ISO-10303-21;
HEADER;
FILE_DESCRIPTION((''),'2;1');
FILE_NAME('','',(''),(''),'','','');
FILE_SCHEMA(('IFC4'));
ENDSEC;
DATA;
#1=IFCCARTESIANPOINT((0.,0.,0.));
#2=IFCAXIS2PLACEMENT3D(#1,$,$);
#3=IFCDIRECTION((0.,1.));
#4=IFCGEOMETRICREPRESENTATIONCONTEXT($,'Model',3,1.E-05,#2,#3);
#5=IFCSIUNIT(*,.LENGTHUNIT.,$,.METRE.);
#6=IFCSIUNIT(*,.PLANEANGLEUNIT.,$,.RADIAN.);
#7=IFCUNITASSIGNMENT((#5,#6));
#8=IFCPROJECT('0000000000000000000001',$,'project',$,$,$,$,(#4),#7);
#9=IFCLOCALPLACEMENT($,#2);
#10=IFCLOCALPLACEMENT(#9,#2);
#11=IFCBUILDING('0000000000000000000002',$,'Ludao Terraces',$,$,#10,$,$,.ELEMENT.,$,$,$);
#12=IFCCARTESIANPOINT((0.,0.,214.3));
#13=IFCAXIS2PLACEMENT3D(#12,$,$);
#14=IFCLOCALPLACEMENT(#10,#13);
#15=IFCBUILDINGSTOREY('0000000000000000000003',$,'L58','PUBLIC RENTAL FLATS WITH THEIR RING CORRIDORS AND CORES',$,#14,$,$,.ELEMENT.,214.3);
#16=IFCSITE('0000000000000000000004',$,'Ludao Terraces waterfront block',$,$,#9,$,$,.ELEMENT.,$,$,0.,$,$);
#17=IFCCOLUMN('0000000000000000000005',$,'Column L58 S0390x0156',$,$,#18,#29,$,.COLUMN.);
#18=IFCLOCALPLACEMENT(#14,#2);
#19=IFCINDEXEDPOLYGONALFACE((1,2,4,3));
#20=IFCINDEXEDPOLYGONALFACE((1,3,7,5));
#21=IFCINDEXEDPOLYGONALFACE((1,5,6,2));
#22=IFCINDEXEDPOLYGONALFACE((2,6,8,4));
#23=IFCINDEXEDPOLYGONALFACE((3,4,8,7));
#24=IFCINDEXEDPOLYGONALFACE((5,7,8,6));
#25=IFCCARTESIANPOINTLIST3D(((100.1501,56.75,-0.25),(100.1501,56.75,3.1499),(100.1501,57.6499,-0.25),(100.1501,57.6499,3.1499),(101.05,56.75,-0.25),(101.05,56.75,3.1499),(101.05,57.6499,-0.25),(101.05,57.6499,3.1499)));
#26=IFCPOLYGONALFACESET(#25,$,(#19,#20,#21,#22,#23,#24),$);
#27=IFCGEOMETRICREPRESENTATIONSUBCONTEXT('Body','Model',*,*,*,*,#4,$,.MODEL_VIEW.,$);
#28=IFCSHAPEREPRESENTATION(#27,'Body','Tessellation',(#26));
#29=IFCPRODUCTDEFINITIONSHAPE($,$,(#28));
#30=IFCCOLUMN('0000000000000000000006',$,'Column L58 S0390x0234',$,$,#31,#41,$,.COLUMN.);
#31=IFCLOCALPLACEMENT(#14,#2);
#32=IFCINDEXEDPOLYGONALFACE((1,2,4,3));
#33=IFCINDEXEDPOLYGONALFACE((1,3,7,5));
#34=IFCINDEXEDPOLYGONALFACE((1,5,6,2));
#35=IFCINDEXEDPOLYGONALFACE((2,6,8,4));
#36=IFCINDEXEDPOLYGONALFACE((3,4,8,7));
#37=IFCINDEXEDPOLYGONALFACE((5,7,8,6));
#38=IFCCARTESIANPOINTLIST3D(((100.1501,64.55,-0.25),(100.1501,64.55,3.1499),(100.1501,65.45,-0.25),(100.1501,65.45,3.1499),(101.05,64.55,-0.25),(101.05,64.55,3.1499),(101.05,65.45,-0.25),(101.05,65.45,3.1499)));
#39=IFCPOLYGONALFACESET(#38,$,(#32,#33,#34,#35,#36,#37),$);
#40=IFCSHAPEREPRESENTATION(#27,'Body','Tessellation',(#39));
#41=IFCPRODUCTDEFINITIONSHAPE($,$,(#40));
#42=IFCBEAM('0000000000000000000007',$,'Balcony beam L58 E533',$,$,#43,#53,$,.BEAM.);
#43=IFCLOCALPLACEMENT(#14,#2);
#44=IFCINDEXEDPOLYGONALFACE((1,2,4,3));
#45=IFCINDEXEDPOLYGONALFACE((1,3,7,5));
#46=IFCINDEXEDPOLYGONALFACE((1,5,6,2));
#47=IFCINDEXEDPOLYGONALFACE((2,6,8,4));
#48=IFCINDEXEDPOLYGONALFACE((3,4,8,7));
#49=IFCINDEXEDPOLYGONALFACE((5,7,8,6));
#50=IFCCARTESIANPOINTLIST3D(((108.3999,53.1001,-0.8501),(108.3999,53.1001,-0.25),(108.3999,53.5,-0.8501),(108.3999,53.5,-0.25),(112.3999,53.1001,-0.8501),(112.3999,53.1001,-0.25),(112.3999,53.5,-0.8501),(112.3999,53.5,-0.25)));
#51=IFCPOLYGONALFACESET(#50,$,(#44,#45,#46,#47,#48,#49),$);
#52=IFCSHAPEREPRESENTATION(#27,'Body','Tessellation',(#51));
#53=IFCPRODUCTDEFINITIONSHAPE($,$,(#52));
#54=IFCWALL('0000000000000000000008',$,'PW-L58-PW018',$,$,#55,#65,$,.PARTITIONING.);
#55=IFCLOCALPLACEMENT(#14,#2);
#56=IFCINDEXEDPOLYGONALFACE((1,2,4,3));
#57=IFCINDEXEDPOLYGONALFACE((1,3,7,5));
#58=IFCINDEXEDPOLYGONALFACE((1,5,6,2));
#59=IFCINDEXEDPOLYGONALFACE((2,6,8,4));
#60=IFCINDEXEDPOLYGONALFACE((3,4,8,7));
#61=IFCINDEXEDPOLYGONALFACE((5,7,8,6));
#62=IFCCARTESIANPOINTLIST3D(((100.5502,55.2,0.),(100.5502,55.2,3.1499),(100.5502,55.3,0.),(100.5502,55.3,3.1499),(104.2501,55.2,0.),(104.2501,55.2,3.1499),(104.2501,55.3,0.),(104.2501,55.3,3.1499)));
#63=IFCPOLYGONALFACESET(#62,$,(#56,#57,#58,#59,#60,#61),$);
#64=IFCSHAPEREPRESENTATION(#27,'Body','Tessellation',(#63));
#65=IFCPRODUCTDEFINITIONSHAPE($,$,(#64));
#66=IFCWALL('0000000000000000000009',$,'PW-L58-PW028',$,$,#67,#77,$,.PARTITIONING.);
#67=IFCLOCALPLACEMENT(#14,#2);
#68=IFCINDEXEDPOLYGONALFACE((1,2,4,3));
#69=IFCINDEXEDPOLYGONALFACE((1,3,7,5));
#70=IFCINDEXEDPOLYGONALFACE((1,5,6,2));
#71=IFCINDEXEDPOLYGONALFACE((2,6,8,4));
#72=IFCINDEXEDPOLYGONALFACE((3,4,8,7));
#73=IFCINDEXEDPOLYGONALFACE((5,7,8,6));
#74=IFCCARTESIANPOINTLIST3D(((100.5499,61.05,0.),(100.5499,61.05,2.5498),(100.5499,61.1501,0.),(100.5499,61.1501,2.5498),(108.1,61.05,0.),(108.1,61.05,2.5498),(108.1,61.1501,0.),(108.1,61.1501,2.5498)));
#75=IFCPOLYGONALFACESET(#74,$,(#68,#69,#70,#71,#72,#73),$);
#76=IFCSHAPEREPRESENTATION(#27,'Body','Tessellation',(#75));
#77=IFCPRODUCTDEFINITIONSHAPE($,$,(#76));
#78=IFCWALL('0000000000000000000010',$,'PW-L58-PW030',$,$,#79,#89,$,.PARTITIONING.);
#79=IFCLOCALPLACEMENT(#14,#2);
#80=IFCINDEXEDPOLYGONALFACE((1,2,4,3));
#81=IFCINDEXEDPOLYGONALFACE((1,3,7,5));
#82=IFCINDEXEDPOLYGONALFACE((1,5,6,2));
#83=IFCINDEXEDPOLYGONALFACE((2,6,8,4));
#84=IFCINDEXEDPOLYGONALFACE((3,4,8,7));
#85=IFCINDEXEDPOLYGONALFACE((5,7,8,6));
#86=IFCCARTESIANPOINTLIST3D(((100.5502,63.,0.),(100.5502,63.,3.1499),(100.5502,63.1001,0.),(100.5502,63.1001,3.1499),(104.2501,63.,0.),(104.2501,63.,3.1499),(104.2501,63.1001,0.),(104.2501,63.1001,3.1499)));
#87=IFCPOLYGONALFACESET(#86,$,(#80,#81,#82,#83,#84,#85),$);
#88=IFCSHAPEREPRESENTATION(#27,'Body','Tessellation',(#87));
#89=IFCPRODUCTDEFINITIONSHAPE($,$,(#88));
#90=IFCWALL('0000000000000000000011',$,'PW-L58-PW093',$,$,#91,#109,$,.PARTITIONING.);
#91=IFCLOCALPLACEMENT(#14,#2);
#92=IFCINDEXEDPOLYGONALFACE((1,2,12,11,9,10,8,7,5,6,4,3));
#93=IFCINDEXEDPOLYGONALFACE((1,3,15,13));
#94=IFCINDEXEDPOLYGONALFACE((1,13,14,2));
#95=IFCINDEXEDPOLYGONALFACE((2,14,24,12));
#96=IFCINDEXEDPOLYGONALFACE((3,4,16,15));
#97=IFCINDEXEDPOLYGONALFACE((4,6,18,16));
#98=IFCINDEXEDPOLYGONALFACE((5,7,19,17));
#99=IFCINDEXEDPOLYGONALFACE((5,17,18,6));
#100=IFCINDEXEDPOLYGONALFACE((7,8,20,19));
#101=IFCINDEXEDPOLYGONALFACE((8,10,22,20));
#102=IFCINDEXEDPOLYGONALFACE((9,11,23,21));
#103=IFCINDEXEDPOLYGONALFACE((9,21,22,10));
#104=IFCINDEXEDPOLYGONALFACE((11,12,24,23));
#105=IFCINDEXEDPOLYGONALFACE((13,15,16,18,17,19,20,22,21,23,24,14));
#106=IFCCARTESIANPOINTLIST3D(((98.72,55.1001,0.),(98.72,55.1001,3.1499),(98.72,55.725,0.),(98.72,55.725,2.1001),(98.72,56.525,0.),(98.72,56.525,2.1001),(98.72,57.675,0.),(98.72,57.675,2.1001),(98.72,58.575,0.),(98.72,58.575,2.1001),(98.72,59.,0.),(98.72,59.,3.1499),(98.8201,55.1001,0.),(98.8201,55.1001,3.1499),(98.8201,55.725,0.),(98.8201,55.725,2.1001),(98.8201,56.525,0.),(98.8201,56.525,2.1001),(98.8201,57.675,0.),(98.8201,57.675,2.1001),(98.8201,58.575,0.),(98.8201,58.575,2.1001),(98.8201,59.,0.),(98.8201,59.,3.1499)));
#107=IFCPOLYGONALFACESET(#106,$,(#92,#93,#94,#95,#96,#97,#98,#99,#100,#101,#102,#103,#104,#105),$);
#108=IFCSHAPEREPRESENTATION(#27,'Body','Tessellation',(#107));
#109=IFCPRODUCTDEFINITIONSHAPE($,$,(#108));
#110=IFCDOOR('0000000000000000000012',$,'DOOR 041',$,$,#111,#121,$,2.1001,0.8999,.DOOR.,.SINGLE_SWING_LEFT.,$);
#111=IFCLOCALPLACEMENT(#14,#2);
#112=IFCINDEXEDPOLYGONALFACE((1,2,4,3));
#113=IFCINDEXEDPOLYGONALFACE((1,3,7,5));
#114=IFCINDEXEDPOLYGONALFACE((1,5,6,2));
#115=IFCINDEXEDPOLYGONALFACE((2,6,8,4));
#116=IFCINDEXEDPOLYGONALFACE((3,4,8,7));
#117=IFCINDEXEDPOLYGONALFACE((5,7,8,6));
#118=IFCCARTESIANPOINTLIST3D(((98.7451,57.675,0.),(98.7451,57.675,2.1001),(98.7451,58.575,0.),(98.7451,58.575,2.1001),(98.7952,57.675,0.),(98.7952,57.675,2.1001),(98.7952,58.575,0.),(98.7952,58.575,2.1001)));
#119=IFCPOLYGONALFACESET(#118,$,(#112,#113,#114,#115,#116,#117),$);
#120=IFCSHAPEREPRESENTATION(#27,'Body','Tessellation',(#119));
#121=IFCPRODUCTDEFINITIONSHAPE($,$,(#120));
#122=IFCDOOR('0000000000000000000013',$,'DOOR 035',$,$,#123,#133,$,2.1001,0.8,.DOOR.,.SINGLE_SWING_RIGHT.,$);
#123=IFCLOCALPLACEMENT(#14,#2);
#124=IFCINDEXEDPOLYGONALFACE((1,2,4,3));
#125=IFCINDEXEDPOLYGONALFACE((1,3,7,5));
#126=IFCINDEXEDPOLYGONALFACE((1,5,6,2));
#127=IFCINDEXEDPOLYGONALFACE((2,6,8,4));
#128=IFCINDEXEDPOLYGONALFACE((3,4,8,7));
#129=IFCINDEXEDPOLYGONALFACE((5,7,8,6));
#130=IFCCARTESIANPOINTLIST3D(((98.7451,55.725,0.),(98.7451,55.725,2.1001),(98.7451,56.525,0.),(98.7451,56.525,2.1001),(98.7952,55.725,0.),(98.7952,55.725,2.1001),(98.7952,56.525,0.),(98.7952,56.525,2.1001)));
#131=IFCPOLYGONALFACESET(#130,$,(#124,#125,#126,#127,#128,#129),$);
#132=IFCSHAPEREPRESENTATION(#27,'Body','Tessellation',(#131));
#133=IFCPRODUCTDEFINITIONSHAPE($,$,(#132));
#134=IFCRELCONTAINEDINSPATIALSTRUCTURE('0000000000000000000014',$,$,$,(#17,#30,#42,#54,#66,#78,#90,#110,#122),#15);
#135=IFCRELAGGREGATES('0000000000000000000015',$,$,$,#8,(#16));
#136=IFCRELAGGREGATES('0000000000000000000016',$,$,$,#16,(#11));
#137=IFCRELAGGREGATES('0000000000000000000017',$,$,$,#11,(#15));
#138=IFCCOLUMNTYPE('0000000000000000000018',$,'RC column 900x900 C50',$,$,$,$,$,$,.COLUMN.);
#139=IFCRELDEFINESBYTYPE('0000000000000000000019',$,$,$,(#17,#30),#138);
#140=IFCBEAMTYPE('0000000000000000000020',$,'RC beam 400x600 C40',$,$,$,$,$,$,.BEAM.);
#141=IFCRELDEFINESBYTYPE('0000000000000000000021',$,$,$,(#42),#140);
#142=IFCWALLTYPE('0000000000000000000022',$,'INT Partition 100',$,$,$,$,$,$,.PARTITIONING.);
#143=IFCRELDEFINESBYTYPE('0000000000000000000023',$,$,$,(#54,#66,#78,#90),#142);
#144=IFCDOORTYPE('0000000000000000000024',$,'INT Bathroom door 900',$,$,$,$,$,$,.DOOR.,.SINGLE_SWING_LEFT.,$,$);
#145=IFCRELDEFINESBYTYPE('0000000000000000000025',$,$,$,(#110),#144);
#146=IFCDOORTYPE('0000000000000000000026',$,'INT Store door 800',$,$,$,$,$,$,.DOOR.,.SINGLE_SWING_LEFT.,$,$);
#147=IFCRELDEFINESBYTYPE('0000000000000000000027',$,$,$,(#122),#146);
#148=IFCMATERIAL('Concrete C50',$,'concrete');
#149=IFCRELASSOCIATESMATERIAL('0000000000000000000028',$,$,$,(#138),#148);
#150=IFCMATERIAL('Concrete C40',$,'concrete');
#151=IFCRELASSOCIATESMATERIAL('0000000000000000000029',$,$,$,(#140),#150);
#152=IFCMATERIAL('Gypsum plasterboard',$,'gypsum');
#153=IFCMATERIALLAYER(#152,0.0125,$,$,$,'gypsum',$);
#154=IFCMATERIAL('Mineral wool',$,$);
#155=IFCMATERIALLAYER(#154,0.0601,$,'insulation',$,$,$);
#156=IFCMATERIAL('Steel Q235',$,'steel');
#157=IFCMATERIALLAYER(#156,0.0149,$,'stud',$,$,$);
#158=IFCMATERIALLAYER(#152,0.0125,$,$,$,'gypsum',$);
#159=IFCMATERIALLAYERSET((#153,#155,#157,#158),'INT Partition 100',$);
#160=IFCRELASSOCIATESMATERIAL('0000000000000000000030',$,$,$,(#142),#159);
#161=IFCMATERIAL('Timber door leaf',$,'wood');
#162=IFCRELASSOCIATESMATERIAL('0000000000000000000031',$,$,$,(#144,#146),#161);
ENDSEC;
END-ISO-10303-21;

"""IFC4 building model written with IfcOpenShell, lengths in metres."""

from ifc_helpers import new_model, si_unit, direction, frame, frame_2d, origin, origin_2d, place, context, subcontext, project, spatial, rectangle, extrude, material, layer, layer_set, material_profile, profile_set, type_object, element, fill, save


model = new_model("IFC4")

# Units and contexts
model_context = context("Model", 3, precision=1e-05, world=origin(), true_north=direction((0.0, 1.0)))
body_context = subcontext(model_context, "Body", "Model", "MODEL_VIEW")
ifc_project = project(units=[si_unit("LENGTHUNIT", "METRE"), si_unit("PLANEANGLEUNIT", "RADIAN")], contexts=[model_context])

# Site, building, storey
site_placement = place(None, origin())
site = spatial("IfcSite", under=ifc_project, at=site_placement, Name="Ludao Terraces waterfront block", CompositionType="ELEMENT", RefElevation=0.0)
building_placement = place(site_placement, origin())
building = spatial("IfcBuilding", under=site, at=building_placement, Name="Ludao Terraces", CompositionType="ELEMENT")
storey_placement = place(building_placement, frame((0.0, 0.0, 214.3)))
storey = spatial("IfcBuildingStorey", under=building, at=storey_placement, Name="L58", Description="PUBLIC RENTAL FLATS WITH THEIR RING CORRIDORS AND CORES", CompositionType="ELEMENT", Elevation=214.3)

# Columns
ifc_material_1 = material(Name="Concrete C50", Category="concrete")
ifc_material_profile_1 = material_profile(ifc_material_1, rectangle(XDim=0.8999, YDim=0.8999, at=origin_2d()), Name="900 X 900")
ifc_profile_set_1 = profile_set([ifc_material_profile_1], Name="Concrete C50")
column_type = type_object("IfcColumnType", Name="RC column 900x900 C50", PredefinedType="COLUMN", material=ifc_profile_set_1)
for number, where, z_axis, x_axis, name in (
    (1, (100.6001, 57.2, -0.25), (0.0, 0.0, 1.0), (1.0, 0.0, 0.0), "Column L58 S0390x0156"),
    (2, (100.6001, 65.0, -0.25), (0.0, 0.0, 1.0), (1.0, 0.0, 0.0), "Column L58 S0390x0234"),
):
    element("IfcColumn", number, at=place(storey_placement, frame(where, z_axis=z_axis, x_axis=x_axis)), inside=storey, type_object=column_type, Name=name, PredefinedType="COLUMN", context=body_context, shape_type="SweptSolid", body=[
        extrude(rectangle(XDim=0.8999, YDim=0.8999, at=origin_2d()), origin(), (0.0, 0.0, 1.0), 3.3999),
    ])

# Beam
ifc_material_2 = material(Name="Concrete C40", Category="concrete")
ifc_material_profile_2 = material_profile(ifc_material_2, rectangle(XDim=0.3999, YDim=0.6001, at=origin_2d()), Name="400 X 600")
ifc_profile_set_2 = profile_set([ifc_material_profile_2], Name="Concrete C40")
beam_type = type_object("IfcBeamType", Name="RC beam 400x600 C40", PredefinedType="BEAM", material=ifc_profile_set_2)
beam_placement = place(storey_placement, frame((108.3999, 53.3, -0.55), z_axis=(1.0, 0.0, 0.0), x_axis=(0.0, 1.0, 0.0)))
element("IfcBeam", 3, at=beam_placement, inside=storey, type_object=beam_type, Name="Balcony beam L58 E533", PredefinedType="BEAM", context=body_context, shape_type="SweptSolid", body=[
    extrude(rectangle(XDim=0.3999, YDim=0.6001, at=origin_2d()), origin(), (0.0, 0.0, 1.0), 4.0),
])

# Shared definitions
ifc_material_3 = material(Name="Mineral wool")

# Walls
ifc_material_4 = material(Name="Gypsum plasterboard", Category="gypsum")
ifc_layer_1 = layer(ifc_material_4, 0.0125, Category="gypsum")
ifc_layer_2 = layer(ifc_material_3, 0.0601, Name="insulation")
ifc_material_5 = material(Name="Steel Q235", Category="steel")
ifc_layer_3 = layer(ifc_material_5, 0.0149, Name="stud")
ifc_layer_4 = layer(ifc_material_4, 0.0125, Category="gypsum")
ifc_layer_set_1 = layer_set([ifc_layer_1, ifc_layer_2, ifc_layer_3, ifc_layer_4], Name="INT Partition 100")
wall_type_1 = type_object("IfcWallType", Name="INT Partition 100", PredefinedType="PARTITIONING", material=ifc_layer_set_1)
wall_1_placement = place(storey_placement, frame((100.55, 55.25, 0.0), z_axis=(0.0, 0.0, 1.0), x_axis=(1.0, 0.0, 0.0)))
element("IfcWall", 4, at=wall_1_placement, inside=storey, type_object=wall_type_1, Name="PW-L58-PW018", PredefinedType="PARTITIONING", context=body_context, shape_type="SweptSolid", body=[
    extrude(rectangle(XDim=3.7, YDim=0.1001, at=frame_2d((1.8501, 0.0))), origin(), (0.0, 0.0, 1.0), 3.1499),
])
wall_2_placement = place(storey_placement, frame((100.55, 61.1001, 0.0), z_axis=(0.0, 0.0, 1.0), x_axis=(1.0, 0.0, 0.0)))
element("IfcWall", 5, at=wall_2_placement, inside=storey, type_object=wall_type_1, Name="PW-L58-PW028", PredefinedType="PARTITIONING", context=body_context, shape_type="SweptSolid", body=[
    extrude(rectangle(XDim=7.55, YDim=0.1001, at=frame_2d((3.7749, 0.0))), origin(), (0.0, 0.0, 1.0), 2.5498),
])
wall_3_placement = place(storey_placement, frame((100.55, 63.05, 0.0), z_axis=(0.0, 0.0, 1.0), x_axis=(1.0, 0.0, 0.0)))
element("IfcWall", 6, at=wall_3_placement, inside=storey, type_object=wall_type_1, Name="PW-L58-PW030", PredefinedType="PARTITIONING", context=body_context, shape_type="SweptSolid", body=[
    extrude(rectangle(XDim=3.7, YDim=0.1001, at=frame_2d((1.8501, 0.0))), origin(), (0.0, 0.0, 1.0), 3.1499),
])

# Wall, openings, doors
wall_4_placement = place(storey_placement, frame((98.77, 55.1001, 0.0), z_axis=(0.0, 0.0, 1.0), x_axis=(0.0, 1.0, 0.0)))
wall_4 = element("IfcWall", 7, at=wall_4_placement, inside=storey, type_object=wall_type_1, Name="PW-L58-PW093", PredefinedType="PARTITIONING", context=body_context, shape_type="SweptSolid", body=[
    extrude(rectangle(XDim=3.8999, YDim=0.1001, at=frame_2d((1.95, 0.0))), origin(), (0.0, 0.0, 1.0), 3.1499),
])
opening_1_placement = place(wall_4_placement, frame((0.625, 0.0, 0.0)))
opening_1 = element("IfcOpeningElement", 8, at=opening_1_placement, cuts=wall_4, PredefinedType="OPENING", context=body_context, shape_type="SweptSolid", body=[
    extrude(rectangle(XDim=0.8, YDim=2.1001, at=frame_2d((0.3999, 1.05))), frame((0.0, 0.0601, 0.0), z_axis=(0.0, -1.0, 0.0), x_axis=(1.0, 0.0, 0.0)), (0.0, 0.0, 1.0), 0.1201),
])
opening_2_placement = place(wall_4_placement, frame((2.575, 0.0, 0.0)))
opening_2 = element("IfcOpeningElement", 9, at=opening_2_placement, cuts=wall_4, PredefinedType="OPENING", context=body_context, shape_type="SweptSolid", body=[
    extrude(rectangle(XDim=0.8999, YDim=2.1001, at=frame_2d((0.45, 1.05))), frame((0.0, 0.0601, 0.0), z_axis=(0.0, -1.0, 0.0), x_axis=(1.0, 0.0, 0.0)), (0.0, 0.0, 1.0), 0.1201),
])
ifc_material_6 = material(Name="Timber door leaf", Category="wood")
door_type_1 = type_object("IfcDoorType", Name="INT Bathroom door 900", OperationType="SINGLE_SWING_LEFT", PredefinedType="DOOR", material=ifc_material_6)
door_1_placement = place(opening_2_placement, origin())
door_1 = element("IfcDoor", 10, at=door_1_placement, inside=storey, type_object=door_type_1, Name="DOOR 041", OperationType="SINGLE_SWING_LEFT", OverallHeight=2.1001, OverallWidth=0.8999, PredefinedType="DOOR", context=body_context, shape_type="SweptSolid", body=[
    extrude(rectangle(XDim=0.8999, YDim=2.1001, at=frame_2d((0.45, 1.05))), frame((0.0, 0.0249, 0.0), z_axis=(0.0, -1.0, 0.0), x_axis=(1.0, 0.0, 0.0)), (0.0, 0.0, 1.0), 0.05),
])
fill(opening_2, door_1)
door_type_2 = type_object("IfcDoorType", Name="INT Store door 800", OperationType="SINGLE_SWING_LEFT", PredefinedType="DOOR", material=ifc_material_6)
door_2_placement = place(opening_1_placement, origin())
door_2 = element("IfcDoor", 11, at=door_2_placement, inside=storey, type_object=door_type_2, Name="DOOR 035", OperationType="SINGLE_SWING_RIGHT", OverallHeight=2.1001, OverallWidth=0.8, PredefinedType="DOOR", context=body_context, shape_type="SweptSolid", body=[
    extrude(rectangle(XDim=0.8, YDim=2.1001, at=frame_2d((0.3999, 1.05))), frame((0.0, 0.0249, 0.0), z_axis=(0.0, -1.0, 0.0), x_axis=(1.0, 0.0, 0.0)), (0.0, 0.0, 1.0), 0.05),
])
fill(opening_1, door_2)

save(model, "model.ifc")
